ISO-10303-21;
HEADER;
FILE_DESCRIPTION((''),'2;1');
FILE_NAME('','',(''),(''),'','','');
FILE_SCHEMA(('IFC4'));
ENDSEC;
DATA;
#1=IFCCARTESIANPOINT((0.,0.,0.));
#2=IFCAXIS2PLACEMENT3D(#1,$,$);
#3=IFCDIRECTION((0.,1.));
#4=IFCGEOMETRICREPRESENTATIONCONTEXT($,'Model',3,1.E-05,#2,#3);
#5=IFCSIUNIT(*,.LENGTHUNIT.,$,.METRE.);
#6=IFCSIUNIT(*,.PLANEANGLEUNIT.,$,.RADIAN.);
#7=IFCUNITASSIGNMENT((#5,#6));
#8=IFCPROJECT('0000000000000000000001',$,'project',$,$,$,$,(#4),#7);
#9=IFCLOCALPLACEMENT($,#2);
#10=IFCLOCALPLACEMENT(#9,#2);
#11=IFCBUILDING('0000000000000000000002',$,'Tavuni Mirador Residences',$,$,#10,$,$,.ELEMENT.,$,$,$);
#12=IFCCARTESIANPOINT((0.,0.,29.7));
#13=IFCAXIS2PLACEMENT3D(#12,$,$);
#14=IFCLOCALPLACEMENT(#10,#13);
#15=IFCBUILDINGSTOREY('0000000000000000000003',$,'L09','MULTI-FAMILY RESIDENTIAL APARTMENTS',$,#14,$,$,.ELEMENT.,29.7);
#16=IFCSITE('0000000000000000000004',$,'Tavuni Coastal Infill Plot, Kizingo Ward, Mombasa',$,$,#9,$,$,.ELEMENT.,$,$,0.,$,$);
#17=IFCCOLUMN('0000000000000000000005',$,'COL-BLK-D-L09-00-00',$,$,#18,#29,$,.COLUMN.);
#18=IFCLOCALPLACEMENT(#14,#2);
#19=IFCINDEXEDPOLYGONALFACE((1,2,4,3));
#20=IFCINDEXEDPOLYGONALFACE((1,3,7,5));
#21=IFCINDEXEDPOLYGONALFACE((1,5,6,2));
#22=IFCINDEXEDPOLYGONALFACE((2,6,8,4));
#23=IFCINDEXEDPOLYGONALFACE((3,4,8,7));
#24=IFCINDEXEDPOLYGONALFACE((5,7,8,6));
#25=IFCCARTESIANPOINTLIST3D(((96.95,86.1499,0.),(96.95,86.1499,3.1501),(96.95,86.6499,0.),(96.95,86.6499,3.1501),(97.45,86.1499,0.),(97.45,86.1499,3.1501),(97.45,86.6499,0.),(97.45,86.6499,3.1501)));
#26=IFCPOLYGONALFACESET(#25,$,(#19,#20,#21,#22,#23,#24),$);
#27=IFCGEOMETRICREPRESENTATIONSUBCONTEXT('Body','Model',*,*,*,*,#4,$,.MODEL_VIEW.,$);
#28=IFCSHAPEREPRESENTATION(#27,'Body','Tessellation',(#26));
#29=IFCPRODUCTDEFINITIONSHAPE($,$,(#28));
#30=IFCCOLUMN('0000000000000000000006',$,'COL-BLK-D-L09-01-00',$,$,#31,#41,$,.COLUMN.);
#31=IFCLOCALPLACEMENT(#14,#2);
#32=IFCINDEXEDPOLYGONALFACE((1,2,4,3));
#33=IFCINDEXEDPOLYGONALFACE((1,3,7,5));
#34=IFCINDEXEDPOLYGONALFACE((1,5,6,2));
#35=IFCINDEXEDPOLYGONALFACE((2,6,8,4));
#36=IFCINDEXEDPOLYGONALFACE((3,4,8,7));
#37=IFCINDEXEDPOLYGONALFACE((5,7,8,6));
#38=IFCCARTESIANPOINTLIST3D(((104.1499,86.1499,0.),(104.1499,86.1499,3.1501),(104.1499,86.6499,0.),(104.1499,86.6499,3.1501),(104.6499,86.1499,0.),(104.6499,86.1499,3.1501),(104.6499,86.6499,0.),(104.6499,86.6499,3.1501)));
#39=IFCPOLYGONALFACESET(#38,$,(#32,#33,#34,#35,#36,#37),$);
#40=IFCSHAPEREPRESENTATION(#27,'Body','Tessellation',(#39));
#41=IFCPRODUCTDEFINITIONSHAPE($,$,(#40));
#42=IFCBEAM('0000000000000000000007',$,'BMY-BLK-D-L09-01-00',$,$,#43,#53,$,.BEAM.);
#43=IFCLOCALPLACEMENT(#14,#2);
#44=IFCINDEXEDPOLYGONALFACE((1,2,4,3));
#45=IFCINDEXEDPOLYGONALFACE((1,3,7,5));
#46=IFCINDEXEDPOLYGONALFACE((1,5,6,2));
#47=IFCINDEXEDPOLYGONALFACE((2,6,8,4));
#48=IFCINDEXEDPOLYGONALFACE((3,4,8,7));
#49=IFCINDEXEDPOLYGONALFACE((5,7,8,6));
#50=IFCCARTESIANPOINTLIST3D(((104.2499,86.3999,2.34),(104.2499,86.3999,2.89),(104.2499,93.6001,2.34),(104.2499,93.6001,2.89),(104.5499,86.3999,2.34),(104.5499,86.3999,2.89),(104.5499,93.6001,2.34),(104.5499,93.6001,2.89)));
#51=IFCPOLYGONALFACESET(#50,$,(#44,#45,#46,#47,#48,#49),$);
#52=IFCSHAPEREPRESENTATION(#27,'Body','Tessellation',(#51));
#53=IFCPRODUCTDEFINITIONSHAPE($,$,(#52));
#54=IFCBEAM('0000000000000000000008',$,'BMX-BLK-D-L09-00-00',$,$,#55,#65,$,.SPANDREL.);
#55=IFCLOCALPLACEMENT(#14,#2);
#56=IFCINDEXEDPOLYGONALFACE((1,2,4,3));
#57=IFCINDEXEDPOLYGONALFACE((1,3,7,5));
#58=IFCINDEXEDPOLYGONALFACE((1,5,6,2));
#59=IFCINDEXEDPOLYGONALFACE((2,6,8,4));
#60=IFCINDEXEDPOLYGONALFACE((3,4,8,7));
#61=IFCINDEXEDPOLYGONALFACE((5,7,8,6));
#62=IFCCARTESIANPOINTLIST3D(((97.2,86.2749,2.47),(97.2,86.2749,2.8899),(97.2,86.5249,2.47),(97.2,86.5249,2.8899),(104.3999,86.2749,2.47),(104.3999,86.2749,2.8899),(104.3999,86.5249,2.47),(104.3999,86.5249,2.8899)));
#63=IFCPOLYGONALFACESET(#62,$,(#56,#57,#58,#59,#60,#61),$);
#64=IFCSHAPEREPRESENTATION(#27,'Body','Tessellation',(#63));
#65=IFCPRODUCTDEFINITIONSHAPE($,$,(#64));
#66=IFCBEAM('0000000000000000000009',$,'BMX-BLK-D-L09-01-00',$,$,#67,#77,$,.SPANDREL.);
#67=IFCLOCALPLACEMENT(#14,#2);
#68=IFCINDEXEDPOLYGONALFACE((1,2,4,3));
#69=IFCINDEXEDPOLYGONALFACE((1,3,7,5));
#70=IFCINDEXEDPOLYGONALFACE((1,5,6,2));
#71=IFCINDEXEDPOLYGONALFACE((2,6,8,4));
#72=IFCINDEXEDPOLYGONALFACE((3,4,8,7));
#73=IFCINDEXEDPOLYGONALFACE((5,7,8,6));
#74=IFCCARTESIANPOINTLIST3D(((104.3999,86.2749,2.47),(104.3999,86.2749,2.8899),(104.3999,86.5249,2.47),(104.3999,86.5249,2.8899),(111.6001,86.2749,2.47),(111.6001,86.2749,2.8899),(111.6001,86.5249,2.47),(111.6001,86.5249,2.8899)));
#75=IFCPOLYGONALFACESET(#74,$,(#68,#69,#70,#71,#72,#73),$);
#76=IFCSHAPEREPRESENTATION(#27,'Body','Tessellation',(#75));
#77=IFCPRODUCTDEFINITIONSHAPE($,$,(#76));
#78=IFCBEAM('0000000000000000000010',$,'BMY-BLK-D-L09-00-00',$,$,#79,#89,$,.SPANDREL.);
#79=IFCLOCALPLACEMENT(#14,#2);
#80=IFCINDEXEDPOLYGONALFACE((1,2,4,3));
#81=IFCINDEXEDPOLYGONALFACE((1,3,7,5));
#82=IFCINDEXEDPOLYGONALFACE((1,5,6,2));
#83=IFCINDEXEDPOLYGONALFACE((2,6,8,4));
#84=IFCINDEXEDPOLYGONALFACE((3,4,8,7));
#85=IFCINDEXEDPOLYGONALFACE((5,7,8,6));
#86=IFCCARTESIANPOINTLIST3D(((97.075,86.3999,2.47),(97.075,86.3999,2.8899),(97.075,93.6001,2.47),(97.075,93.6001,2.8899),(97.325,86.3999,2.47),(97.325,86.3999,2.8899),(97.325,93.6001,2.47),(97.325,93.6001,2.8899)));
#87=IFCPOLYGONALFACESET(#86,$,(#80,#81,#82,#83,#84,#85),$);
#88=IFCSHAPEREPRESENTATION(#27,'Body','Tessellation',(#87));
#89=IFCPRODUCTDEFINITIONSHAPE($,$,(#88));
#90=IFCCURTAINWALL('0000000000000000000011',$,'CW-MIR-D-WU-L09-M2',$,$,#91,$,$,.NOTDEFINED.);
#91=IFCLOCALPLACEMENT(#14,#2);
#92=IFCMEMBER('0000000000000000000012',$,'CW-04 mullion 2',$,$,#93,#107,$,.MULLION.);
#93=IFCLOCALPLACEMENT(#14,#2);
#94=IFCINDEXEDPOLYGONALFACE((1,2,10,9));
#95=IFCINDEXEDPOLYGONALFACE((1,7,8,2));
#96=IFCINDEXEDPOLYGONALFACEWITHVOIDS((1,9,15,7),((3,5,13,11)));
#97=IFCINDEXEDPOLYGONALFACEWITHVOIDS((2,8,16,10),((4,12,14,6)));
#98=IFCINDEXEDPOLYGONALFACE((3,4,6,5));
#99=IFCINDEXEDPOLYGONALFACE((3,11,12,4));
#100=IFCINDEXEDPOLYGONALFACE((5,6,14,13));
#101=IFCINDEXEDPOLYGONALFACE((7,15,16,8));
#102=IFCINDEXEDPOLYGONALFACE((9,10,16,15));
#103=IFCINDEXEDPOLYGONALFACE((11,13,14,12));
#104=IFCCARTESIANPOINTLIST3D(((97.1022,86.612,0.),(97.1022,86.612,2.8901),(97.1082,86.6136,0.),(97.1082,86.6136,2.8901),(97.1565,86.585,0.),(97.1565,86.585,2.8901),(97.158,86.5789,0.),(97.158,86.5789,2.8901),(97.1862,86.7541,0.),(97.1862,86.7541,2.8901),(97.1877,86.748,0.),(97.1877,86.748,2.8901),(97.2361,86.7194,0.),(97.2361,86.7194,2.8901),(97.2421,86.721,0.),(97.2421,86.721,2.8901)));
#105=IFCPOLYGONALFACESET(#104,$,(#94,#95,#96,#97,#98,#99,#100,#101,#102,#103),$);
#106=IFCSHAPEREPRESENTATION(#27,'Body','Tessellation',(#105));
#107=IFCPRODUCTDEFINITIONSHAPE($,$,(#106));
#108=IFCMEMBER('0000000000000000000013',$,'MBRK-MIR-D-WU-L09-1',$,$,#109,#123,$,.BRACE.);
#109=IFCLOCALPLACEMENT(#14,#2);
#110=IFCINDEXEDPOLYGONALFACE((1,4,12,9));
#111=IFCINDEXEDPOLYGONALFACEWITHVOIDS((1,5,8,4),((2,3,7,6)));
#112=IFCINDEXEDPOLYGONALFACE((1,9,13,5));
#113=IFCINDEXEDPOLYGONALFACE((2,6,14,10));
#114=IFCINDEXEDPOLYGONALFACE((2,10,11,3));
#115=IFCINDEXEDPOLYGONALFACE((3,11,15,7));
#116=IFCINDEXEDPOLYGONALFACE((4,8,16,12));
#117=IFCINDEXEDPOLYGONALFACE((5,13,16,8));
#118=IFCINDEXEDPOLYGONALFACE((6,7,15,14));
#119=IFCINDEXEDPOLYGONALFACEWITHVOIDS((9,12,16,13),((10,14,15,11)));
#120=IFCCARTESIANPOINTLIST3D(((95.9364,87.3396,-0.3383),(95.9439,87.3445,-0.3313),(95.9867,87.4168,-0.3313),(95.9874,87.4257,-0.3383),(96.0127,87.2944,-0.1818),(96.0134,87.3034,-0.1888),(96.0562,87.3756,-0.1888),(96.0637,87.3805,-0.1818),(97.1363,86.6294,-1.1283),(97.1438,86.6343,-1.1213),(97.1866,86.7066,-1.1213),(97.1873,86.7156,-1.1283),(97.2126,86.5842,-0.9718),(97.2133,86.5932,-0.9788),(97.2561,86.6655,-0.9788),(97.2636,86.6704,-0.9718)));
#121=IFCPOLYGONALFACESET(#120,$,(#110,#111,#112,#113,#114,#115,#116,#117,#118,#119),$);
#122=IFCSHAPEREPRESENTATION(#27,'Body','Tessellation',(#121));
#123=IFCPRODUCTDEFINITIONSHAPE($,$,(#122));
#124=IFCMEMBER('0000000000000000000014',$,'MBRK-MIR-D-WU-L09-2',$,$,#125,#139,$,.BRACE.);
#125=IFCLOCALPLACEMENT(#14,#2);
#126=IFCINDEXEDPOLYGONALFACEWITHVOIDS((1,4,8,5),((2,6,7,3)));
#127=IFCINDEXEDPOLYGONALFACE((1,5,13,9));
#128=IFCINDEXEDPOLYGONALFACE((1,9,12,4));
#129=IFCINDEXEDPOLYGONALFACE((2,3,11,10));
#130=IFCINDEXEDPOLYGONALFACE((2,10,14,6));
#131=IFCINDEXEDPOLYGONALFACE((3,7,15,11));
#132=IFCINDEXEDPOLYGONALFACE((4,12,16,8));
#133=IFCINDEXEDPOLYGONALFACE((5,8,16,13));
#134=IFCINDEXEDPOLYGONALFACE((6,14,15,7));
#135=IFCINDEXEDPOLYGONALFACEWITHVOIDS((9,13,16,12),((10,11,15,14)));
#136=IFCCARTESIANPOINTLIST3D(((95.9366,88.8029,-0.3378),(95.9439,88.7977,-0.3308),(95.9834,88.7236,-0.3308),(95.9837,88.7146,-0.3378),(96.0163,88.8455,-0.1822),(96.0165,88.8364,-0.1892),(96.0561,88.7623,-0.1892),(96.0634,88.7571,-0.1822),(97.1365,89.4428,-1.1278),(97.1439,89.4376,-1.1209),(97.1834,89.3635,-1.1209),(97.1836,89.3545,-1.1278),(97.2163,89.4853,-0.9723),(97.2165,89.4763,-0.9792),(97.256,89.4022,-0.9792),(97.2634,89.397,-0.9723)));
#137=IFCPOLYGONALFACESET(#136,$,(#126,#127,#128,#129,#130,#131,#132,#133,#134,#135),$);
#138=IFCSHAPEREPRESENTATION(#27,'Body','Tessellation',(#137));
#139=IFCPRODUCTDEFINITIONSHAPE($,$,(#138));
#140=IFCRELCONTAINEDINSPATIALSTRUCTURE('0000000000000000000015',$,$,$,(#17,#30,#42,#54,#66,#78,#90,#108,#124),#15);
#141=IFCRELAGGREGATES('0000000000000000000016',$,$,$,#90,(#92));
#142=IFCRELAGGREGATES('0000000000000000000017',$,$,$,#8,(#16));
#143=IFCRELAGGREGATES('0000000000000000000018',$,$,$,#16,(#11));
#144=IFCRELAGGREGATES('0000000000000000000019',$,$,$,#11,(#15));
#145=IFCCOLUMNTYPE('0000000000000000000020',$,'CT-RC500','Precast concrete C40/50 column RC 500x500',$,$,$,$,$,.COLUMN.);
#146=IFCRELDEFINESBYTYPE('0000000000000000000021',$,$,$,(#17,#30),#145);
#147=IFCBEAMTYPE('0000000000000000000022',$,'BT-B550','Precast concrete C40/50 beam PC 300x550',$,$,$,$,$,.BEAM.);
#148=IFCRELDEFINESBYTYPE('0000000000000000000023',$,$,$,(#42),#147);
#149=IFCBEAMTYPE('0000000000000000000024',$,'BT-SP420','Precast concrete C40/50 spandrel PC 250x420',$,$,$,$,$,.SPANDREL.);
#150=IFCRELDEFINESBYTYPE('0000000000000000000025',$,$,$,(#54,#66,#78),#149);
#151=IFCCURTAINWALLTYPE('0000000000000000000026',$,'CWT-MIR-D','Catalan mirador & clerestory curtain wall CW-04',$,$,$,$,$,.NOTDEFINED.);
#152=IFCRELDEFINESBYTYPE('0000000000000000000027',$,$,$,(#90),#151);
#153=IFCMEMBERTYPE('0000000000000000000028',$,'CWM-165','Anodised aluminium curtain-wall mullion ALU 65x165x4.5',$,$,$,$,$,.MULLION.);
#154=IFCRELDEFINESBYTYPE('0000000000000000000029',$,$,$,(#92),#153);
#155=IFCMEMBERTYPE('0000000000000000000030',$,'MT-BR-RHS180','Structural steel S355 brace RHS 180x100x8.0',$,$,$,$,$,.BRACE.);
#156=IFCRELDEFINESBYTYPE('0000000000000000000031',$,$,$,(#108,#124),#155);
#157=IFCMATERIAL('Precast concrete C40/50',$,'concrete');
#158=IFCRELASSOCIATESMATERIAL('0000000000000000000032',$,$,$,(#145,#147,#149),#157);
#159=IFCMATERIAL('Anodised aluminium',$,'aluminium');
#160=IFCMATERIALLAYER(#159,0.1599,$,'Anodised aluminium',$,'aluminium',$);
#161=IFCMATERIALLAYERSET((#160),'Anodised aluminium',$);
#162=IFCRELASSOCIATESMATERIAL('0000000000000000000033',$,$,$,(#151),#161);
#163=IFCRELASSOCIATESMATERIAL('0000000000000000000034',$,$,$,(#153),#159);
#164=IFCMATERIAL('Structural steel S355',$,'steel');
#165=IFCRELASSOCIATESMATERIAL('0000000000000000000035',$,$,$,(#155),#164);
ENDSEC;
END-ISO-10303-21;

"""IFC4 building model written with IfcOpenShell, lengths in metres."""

from ifc_helpers import new_model, si_unit, direction, frame, origin, origin_2d, place, context, subcontext, project, spatial, rectangle, hollow_rectangle, extrude, material, layer, layer_set, material_profile, profile_set, type_object, element, aggregate, save


model = new_model("IFC4")

# Units and contexts
model_context = context("Model", 3, precision=1e-05, world=origin(), true_north=direction((0.0, 1.0)))
body_context = subcontext(model_context, "Body", "Model", "MODEL_VIEW")
ifc_project = project(units=[si_unit("LENGTHUNIT", "METRE"), si_unit("PLANEANGLEUNIT", "RADIAN")], contexts=[model_context])

# Site, building, storey
site_placement = place(None, origin())
site = spatial("IfcSite", under=ifc_project, at=site_placement, Name="Tavuni Coastal Infill Plot, Kizingo Ward, Mombasa", CompositionType="ELEMENT", RefElevation=0.0)
building_placement = place(site_placement, origin())
building = spatial("IfcBuilding", under=site, at=building_placement, Name="Tavuni Mirador Residences", CompositionType="ELEMENT")
storey_placement = place(building_placement, frame((0.0, 0.0, 29.7)))
storey = spatial("IfcBuildingStorey", under=building, at=storey_placement, Name="L09", Description="MULTI-FAMILY RESIDENTIAL APARTMENTS", CompositionType="ELEMENT", Elevation=29.7)

# Columns
ifc_material_1 = material(Name="Precast concrete C40/50", Category="concrete")
ifc_material_profile_1 = material_profile(ifc_material_1, rectangle(XDim=0.5, YDim=0.5, at=origin_2d()), Name="RC 500x500", Category="concrete")
ifc_profile_set_1 = profile_set([ifc_material_profile_1], Name="Precast concrete C40/50")
column_type = type_object("IfcColumnType", Name="CT-RC500", Description="Precast concrete C40/50 column RC 500x500", PredefinedType="COLUMN", material=ifc_profile_set_1)
for number, where, z_axis, x_axis, name in (
    (1, (97.2, 86.3999, 0.0), (0.0, 0.0, 1.0), (1.0, 0.0, 0.0), "COL-BLK-D-L09-00-00"),
    (2, (104.3999, 86.3999, 0.0), (0.0, 0.0, 1.0), (1.0, 0.0, 0.0), "COL-BLK-D-L09-01-00"),
):
    element("IfcColumn", number, at=place(storey_placement, frame(where, z_axis=z_axis, x_axis=x_axis)), inside=storey, type_object=column_type, Name=name, PredefinedType="COLUMN", context=body_context, shape_type="SweptSolid", body=[
        extrude(rectangle(XDim=0.5, YDim=0.5, at=origin_2d()), origin(), (0.0, 0.0, 1.0), 3.1501),
    ])

# Beams
ifc_material_profile_2 = material_profile(ifc_material_1, rectangle(XDim=0.3, YDim=0.55, at=origin_2d()), Name="PC 300x550", Category="concrete")
ifc_profile_set_2 = profile_set([ifc_material_profile_2], Name="Precast concrete C40/50")
beam_type_1 = type_object("IfcBeamType", Name="BT-B550", Description="Precast concrete C40/50 beam PC 300x550", PredefinedType="BEAM", material=ifc_profile_set_2)
beam_1_placement = place(storey_placement, frame((104.3999, 86.3999, 2.615), z_axis=(0.0, 1.0, 0.0), x_axis=(-1.0, 0.0, 0.0)))
element("IfcBeam", 3, at=beam_1_placement, inside=storey, type_object=beam_type_1, Name="BMY-BLK-D-L09-01-00", PredefinedType="BEAM", context=body_context, shape_type="SweptSolid", body=[
    extrude(rectangle(XDim=0.3, YDim=0.55, at=origin_2d()), origin(), (0.0, 0.0, 1.0), 7.2002),
])
ifc_material_profile_3 = material_profile(ifc_material_1, rectangle(XDim=0.25, YDim=0.4199, at=origin_2d()), Name="PC 250x420", Category="concrete")
ifc_profile_set_3 = profile_set([ifc_material_profile_3], Name="Precast concrete C40/50")
beam_type_2 = type_object("IfcBeamType", Name="BT-SP420", Description="Precast concrete C40/50 spandrel PC 250x420", PredefinedType="SPANDREL", material=ifc_profile_set_3)
beam_2_placement = place(storey_placement, frame((97.2, 86.3999, 2.6799), z_axis=(1.0, 0.0, 0.0), x_axis=(0.0, 1.0, 0.0)))
element("IfcBeam", 4, at=beam_2_placement, inside=storey, type_object=beam_type_2, Name="BMX-BLK-D-L09-00-00", PredefinedType="SPANDREL", context=body_context, shape_type="SweptSolid", body=[
    extrude(rectangle(XDim=0.25, YDim=0.4199, at=origin_2d()), origin(), (0.0, 0.0, 1.0), 7.2),
])
for number, where, z_axis, x_axis, name in (
    (5, (104.3999, 86.3999, 2.6799), (1.0, 0.0, 0.0), (0.0, 1.0, 0.0), "BMX-BLK-D-L09-01-00"),
    (6, (97.2, 86.3999, 2.6799), (0.0, 1.0, 0.0), (-1.0, 0.0, 0.0), "BMY-BLK-D-L09-00-00"),
):
    element("IfcBeam", number, at=place(storey_placement, frame(where, z_axis=z_axis, x_axis=x_axis)), inside=storey, type_object=beam_type_2, Name=name, PredefinedType="SPANDREL", context=body_context, shape_type="SweptSolid", body=[
        extrude(rectangle(XDim=0.25, YDim=0.4199, at=origin_2d()), origin(), (0.0, 0.0, 1.0), 7.2002),
    ])

# Curtain wall, member
ifc_material_2 = material(Name="Anodised aluminium", Category="aluminium")
ifc_layer_1 = layer(ifc_material_2, 0.1599, Name="Anodised aluminium", Category="aluminium")
ifc_layer_set_1 = layer_set([ifc_layer_1], Name="Anodised aluminium")
curtain_wall_type = type_object("IfcCurtainWallType", Name="CWT-MIR-D", Description="Catalan mirador & clerestory curtain wall CW-04", PredefinedType="NOTDEFINED", material=ifc_layer_set_1)
curtain_wall_placement = place(storey_placement, origin())
curtain_wall = element("IfcCurtainWall", 7, at=curtain_wall_placement, inside=storey, type_object=curtain_wall_type, Name="CW-MIR-D-WU-L09-M2", PredefinedType="NOTDEFINED")
ifc_material_profile_4 = material_profile(ifc_material_2, hollow_rectangle(XDim=0.0649, YDim=0.165, WallThickness=0.0044, at=origin_2d()), Name="ALU 65x165x4.5", Category="aluminium")
ifc_profile_set_4 = profile_set([ifc_material_profile_4], Name="Anodised aluminium")
member_type_1 = type_object("IfcMemberType", Name="CWM-165", Description="Anodised aluminium curtain-wall mullion ALU 65x165x4.5", PredefinedType="MULLION", material=ifc_profile_set_4)
member_1_placement = place(storey_placement, frame((97.1721, 86.6665, 0.0), z_axis=(0.0, 0.0, 1.0), x_axis=(0.860641, -0.509212, 0.0)))
member_1 = element("IfcMember", 8, at=member_1_placement, type_object=member_type_1, Name="CW-04 mullion 2", PredefinedType="MULLION", context=body_context, shape_type="SweptSolid", body=[
    extrude(hollow_rectangle(XDim=0.0649, YDim=0.165, WallThickness=0.0044, at=origin_2d()), origin(), (0.0, 0.0, 1.0), 2.8901),
])
aggregate(curtain_wall, [member_1])

# Members
ifc_material_3 = material(Name="Structural steel S355", Category="steel")
ifc_material_profile_5 = material_profile(ifc_material_3, hollow_rectangle(XDim=0.1001, YDim=0.1799, WallThickness=0.0081, at=origin_2d()), Name="RHS 180x100x8.0", Category="steel")
ifc_profile_set_5 = profile_set([ifc_material_profile_5], Name="Structural steel S355")
member_type_2 = type_object("IfcMemberType", Name="MT-BR-RHS180", Description="Structural steel S355 brace RHS 180x100x8.0", PredefinedType="BRACE", material=ifc_profile_set_5)
member_2_placement = place(storey_placement, frame((97.2, 86.6499, -1.05), z_axis=(-0.748737, 0.443149, 0.492963), x_axis=(-0.509337, -0.860567, 0.0)))
element("IfcMember", 9, at=member_2_placement, inside=storey, type_object=member_type_2, Name="MBRK-MIR-D-WU-L09-1", PredefinedType="BRACE", context=body_context, shape_type="SweptSolid", body=[
    extrude(hollow_rectangle(XDim=0.1001, YDim=0.1799, WallThickness=0.0081, at=origin_2d()), origin(), (0.0, 0.0, 1.0), 1.6025),
])
member_3_placement = place(storey_placement, frame((97.2, 89.4199, -1.05), z_axis=(-0.762969, -0.406865, 0.502333), x_axis=(0.470542, -0.882378, 0.0)))
element("IfcMember", 10, at=member_3_placement, inside=storey, type_object=member_type_2, Name="MBRK-MIR-D-WU-L09-2", PredefinedType="BRACE", context=body_context, shape_type="SweptSolid", body=[
    extrude(hollow_rectangle(XDim=0.1001, YDim=0.1799, WallThickness=0.0081, at=origin_2d()), origin(), (0.0, 0.0, 1.0), 1.5728),
])

save(model, "model.ifc")
